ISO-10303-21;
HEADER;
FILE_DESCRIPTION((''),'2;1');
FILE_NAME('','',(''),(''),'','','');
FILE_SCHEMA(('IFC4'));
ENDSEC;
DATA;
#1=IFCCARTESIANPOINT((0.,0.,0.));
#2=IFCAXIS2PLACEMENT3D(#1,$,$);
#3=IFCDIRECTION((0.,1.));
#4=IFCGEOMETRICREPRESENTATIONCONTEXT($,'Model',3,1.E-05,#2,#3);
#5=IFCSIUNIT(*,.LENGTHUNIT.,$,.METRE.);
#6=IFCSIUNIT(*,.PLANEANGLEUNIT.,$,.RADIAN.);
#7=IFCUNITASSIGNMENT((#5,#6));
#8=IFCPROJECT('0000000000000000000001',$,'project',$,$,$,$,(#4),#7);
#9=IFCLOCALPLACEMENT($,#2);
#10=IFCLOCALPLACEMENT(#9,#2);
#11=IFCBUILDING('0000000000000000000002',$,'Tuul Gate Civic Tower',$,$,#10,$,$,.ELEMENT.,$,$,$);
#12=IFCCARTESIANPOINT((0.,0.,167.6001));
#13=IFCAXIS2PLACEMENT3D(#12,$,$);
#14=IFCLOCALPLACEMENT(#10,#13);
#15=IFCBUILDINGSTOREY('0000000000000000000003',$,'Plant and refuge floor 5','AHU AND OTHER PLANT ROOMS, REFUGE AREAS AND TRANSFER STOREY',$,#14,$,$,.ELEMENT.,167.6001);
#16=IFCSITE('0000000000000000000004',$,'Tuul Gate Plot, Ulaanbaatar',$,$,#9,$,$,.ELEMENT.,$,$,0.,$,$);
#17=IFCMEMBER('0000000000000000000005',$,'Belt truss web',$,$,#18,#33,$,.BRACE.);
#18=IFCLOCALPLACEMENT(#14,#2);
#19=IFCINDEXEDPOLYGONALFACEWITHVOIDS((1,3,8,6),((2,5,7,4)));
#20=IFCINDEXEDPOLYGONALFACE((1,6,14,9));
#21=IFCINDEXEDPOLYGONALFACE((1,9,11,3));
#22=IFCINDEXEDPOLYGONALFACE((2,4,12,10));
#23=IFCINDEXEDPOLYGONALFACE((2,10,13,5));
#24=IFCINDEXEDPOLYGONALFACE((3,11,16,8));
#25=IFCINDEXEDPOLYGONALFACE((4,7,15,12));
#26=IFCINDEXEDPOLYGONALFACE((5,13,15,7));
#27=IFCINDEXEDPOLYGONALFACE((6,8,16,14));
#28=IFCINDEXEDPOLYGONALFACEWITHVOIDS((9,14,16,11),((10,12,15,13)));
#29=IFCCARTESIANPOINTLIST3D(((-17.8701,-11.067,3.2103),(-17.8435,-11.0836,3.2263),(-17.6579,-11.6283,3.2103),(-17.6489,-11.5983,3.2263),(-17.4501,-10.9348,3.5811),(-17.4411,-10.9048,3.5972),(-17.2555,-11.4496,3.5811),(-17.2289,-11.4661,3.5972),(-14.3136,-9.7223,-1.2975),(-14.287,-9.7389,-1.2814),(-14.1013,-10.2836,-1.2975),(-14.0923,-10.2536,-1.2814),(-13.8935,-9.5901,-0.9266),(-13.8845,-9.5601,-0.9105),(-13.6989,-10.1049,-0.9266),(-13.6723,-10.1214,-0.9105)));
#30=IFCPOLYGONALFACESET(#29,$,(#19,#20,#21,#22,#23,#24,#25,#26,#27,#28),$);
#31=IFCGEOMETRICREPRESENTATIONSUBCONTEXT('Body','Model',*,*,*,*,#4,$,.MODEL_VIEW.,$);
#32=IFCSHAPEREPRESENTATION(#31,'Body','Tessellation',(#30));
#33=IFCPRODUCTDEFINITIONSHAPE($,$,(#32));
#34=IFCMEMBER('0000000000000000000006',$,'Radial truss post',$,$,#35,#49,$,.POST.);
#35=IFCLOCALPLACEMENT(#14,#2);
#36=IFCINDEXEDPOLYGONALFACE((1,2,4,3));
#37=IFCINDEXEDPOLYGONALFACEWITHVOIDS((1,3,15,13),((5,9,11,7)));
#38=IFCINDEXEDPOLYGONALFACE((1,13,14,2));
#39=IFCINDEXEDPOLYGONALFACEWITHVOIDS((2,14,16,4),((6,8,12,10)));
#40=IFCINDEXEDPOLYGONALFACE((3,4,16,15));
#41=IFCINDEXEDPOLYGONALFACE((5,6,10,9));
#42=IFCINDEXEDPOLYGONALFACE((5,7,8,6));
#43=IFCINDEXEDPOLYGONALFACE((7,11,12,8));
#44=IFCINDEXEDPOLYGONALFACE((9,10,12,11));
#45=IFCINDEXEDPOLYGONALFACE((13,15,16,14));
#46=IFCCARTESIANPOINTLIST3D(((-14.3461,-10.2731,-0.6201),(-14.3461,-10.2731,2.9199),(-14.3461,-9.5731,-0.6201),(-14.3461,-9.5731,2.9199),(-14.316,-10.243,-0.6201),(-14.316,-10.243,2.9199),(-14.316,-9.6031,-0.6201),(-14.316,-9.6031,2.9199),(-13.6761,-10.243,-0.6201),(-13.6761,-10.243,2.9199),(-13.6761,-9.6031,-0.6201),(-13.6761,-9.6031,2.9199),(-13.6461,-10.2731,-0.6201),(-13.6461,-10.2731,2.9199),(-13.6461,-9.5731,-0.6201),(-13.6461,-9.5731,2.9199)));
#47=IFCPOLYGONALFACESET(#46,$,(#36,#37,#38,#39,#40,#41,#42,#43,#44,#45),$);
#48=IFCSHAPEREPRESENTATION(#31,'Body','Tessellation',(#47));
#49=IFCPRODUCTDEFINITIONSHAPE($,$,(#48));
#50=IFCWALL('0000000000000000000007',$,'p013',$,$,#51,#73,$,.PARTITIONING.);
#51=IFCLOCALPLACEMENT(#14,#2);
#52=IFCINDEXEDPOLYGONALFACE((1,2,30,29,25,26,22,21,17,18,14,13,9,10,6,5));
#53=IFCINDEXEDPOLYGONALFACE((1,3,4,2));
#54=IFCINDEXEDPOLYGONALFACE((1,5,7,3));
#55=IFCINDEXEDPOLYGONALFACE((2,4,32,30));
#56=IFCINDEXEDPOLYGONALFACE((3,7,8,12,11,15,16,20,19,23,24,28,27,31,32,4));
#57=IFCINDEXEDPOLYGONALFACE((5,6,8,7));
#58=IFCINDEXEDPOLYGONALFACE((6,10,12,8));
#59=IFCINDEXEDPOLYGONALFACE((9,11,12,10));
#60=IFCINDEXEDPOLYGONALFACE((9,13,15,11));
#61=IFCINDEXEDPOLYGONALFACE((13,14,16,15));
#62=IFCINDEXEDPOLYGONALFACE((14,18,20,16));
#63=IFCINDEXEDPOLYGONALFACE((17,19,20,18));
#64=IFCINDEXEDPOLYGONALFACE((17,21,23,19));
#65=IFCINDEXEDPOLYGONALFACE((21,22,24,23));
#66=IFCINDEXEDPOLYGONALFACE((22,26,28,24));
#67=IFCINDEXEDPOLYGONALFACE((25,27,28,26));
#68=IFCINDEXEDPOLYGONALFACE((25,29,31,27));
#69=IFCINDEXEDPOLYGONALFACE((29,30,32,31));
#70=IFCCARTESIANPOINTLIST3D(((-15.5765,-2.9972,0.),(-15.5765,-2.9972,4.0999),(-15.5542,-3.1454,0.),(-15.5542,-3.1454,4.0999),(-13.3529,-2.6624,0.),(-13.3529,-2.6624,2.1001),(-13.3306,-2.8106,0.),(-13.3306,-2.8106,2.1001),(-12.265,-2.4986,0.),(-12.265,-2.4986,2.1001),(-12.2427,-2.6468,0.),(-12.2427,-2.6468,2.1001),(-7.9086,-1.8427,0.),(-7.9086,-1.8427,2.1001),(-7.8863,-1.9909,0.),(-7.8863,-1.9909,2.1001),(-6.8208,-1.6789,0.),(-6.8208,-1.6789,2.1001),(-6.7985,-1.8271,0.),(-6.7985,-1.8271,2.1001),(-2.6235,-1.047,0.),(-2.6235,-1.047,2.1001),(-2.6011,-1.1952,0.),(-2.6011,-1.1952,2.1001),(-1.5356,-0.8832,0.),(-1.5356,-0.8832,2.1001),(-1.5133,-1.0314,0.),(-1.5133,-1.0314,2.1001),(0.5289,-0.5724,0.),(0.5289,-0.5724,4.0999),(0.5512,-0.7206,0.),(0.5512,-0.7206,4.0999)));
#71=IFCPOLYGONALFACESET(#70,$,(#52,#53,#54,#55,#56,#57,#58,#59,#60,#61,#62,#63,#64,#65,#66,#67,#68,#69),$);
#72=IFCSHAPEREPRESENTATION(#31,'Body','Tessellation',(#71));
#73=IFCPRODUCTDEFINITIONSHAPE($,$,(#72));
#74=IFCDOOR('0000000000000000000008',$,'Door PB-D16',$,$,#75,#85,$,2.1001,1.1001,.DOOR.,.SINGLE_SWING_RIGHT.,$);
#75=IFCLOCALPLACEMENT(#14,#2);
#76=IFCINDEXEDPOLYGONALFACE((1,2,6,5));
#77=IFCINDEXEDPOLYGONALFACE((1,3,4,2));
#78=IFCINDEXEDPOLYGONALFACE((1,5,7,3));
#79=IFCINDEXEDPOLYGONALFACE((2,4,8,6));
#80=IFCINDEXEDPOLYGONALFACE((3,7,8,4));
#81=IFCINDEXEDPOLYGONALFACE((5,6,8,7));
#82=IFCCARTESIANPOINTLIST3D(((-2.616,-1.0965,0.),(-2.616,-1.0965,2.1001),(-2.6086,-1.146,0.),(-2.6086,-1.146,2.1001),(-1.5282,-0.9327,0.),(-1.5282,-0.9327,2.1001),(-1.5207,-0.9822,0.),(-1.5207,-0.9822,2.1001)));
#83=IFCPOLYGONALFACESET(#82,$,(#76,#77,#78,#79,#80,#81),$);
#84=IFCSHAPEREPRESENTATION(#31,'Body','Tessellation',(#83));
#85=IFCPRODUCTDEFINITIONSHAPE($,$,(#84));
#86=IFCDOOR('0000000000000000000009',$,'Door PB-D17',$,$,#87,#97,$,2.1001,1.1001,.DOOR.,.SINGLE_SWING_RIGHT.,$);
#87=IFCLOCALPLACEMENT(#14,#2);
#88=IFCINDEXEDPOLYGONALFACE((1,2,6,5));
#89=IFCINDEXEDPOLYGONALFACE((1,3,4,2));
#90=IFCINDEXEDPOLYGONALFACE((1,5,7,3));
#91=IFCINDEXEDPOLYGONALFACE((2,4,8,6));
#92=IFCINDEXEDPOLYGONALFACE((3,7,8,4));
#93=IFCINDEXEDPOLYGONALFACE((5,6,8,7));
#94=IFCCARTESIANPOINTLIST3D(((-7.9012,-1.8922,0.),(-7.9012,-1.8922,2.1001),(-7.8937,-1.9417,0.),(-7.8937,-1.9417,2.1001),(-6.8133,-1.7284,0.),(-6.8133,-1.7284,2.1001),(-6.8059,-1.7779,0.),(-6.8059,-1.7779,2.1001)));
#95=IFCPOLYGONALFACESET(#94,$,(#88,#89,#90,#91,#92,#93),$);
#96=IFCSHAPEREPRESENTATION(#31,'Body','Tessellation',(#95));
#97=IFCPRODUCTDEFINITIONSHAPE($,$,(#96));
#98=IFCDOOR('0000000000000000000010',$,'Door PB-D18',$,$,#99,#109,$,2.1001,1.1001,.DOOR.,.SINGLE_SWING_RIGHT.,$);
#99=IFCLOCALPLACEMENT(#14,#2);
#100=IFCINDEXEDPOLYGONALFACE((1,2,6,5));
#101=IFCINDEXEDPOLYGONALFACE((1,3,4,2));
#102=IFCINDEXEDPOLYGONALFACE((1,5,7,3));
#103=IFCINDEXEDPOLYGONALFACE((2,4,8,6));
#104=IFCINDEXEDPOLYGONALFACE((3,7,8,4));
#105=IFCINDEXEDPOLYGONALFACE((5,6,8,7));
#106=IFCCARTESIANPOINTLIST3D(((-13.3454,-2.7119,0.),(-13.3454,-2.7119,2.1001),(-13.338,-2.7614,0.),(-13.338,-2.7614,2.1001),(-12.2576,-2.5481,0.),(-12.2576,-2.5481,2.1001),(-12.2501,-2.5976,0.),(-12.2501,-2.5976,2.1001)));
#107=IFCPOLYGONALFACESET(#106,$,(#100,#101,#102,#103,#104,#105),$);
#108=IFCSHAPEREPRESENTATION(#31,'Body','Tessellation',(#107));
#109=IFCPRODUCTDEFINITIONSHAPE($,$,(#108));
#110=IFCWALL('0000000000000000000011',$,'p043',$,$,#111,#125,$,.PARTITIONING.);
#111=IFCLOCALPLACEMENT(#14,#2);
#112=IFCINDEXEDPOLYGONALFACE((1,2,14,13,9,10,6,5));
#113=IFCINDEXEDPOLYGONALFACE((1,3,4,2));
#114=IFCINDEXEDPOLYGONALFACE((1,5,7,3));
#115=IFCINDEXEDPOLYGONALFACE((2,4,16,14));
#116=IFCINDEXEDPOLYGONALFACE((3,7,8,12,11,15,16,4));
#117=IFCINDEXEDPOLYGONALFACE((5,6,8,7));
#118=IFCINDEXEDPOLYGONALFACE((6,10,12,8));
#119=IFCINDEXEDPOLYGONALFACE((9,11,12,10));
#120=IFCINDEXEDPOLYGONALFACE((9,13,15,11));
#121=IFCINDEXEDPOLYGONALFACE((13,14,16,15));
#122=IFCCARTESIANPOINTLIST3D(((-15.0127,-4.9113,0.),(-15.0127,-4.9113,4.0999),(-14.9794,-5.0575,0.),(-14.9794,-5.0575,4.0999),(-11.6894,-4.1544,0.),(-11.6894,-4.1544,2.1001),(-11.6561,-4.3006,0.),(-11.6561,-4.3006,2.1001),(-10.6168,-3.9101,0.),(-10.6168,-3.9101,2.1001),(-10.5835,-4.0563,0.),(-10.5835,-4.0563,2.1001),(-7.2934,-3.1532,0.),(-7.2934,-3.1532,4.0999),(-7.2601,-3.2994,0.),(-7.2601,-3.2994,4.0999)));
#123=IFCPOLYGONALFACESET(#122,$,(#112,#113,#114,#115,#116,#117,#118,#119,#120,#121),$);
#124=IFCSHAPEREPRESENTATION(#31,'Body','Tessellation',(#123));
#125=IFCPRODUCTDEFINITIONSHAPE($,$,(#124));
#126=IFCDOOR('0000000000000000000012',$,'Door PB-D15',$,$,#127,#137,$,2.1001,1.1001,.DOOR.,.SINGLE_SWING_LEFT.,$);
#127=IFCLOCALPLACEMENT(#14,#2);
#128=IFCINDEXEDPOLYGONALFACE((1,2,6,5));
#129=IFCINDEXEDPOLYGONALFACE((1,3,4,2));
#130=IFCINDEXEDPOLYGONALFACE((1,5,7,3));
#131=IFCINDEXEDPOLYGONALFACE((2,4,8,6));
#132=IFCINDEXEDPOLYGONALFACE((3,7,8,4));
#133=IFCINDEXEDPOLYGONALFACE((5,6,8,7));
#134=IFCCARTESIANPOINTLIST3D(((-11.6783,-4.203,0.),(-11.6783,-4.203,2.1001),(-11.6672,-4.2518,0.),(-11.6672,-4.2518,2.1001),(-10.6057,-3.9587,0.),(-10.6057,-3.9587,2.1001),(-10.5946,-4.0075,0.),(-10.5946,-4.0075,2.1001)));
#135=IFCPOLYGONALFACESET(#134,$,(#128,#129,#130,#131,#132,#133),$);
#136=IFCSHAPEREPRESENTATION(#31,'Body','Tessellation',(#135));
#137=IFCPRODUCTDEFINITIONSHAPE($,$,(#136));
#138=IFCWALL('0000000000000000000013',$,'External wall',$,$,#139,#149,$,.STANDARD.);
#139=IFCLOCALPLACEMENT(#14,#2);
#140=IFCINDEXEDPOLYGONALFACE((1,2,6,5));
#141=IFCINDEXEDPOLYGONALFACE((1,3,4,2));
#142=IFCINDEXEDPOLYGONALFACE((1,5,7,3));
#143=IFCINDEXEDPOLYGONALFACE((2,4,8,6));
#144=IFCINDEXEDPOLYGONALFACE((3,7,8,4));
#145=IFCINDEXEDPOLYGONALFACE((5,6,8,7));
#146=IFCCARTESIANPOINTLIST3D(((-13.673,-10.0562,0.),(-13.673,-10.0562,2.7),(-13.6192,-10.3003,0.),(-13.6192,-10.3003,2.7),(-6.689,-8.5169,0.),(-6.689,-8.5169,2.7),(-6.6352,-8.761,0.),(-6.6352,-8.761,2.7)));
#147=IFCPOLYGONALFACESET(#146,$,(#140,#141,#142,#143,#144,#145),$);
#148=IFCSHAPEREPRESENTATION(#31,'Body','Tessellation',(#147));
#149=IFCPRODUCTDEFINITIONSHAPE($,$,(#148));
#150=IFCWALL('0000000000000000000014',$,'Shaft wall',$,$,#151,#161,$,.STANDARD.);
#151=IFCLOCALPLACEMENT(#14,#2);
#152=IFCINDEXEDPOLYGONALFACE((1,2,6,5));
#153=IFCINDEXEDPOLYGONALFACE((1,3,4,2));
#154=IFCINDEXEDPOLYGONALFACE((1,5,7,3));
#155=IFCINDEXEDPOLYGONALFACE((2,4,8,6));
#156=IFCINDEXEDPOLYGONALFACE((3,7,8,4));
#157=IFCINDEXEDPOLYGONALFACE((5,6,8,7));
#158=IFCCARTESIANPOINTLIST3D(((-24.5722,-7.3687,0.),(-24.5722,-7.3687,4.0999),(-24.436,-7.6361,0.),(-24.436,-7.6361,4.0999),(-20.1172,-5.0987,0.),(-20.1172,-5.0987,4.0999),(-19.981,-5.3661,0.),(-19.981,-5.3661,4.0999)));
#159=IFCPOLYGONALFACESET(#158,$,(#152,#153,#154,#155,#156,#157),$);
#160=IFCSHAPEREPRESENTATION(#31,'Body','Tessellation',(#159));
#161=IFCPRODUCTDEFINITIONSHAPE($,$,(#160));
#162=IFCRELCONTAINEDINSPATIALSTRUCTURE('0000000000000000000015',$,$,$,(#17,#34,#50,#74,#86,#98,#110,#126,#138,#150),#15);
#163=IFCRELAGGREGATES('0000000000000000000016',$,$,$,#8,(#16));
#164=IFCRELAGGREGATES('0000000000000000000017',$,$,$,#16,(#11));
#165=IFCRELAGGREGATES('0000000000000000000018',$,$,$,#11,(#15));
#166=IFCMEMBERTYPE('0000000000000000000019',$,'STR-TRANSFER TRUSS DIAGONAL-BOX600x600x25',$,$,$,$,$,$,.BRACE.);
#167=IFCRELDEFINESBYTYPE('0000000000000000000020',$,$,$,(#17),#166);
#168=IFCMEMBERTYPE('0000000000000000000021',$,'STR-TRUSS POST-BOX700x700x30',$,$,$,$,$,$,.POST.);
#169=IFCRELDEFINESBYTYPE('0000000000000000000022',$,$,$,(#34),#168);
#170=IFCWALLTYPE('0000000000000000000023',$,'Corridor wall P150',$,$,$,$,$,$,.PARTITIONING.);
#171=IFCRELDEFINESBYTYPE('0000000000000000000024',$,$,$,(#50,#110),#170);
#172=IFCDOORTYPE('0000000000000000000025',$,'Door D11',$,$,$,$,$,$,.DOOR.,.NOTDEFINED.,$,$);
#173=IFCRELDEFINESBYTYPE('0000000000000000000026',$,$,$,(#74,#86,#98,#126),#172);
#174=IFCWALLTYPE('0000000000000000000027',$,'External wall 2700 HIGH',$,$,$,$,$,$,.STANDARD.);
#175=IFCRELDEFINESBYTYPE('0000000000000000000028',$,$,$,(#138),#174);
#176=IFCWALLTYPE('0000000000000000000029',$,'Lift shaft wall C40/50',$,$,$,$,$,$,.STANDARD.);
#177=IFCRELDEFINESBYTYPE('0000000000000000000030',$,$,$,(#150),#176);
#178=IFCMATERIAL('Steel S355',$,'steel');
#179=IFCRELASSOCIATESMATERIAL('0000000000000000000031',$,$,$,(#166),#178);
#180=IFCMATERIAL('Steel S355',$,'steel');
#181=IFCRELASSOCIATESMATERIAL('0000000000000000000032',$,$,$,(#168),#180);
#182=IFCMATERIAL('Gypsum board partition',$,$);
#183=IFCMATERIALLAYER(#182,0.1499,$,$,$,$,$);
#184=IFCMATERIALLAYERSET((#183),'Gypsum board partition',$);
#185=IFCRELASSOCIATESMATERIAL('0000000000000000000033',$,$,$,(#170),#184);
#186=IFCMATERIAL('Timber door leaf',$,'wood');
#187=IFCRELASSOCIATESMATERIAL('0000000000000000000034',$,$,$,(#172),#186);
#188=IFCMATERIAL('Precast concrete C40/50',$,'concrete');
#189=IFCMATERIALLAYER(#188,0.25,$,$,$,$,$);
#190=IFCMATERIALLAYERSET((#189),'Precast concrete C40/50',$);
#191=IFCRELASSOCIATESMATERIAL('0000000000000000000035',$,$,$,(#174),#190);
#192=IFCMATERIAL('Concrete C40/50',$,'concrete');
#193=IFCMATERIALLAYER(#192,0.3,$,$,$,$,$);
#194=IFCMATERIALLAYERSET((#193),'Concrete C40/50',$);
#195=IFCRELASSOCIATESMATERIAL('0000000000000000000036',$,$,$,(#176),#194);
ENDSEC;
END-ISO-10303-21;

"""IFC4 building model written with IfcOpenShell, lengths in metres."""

from ifc_helpers import new_model, si_unit, direction, frame, frame_2d, origin, origin_2d, place, context, subcontext, project, spatial, rectangle, hollow_rectangle, extrude, material, layer, layer_set, material_profile, profile_set, type_object, element, fill, save


model = new_model("IFC4")

# Units and contexts
model_context = context("Model", 3, precision=1e-05, world=origin(), true_north=direction((0.0, 1.0)))
body_context = subcontext(model_context, "Body", "Model", "MODEL_VIEW")
ifc_project = project(units=[si_unit("LENGTHUNIT", "METRE"), si_unit("PLANEANGLEUNIT", "RADIAN")], contexts=[model_context])

# Site, building, storey
site_placement = place(None, origin())
site = spatial("IfcSite", under=ifc_project, at=site_placement, Name="Tuul Gate Plot, Ulaanbaatar", CompositionType="ELEMENT", RefElevation=0.0)
building_placement = place(site_placement, origin())
building = spatial("IfcBuilding", under=site, at=building_placement, Name="Tuul Gate Civic Tower", CompositionType="ELEMENT")
storey_placement = place(building_placement, frame((0.0, 0.0, 167.6001)))
storey = spatial("IfcBuildingStorey", under=building, at=storey_placement, Name="Plant and refuge floor 5", Description="AHU AND OTHER PLANT ROOMS, REFUGE AREAS AND TRANSFER STOREY", CompositionType="ELEMENT", Elevation=167.6001)

# Members
ifc_material_1 = material(Name="Steel S355", Category="steel")
ifc_material_profile_1 = material_profile(ifc_material_1, hollow_rectangle(XDim=0.6001, YDim=0.6001, WallThickness=0.0249, at=origin_2d()), Name="BOX600x600x25")
ifc_profile_set_1 = profile_set([ifc_material_profile_1], Name="Steel S355")
member_type_1 = type_object("IfcMemberType", Name="STR-TRANSFER TRUSS DIAGONAL-BOX600x600x25", PredefinedType="BRACE", material=ifc_profile_set_1)
member_1_placement = place(storey_placement, frame((-13.9929, -9.9219, -1.104), z_axis=(-0.603095, -0.228023, 0.764384), x_axis=(0.353655, -0.935376, 0.0)))
element("IfcMember", 1, at=member_1_placement, inside=storey, type_object=member_type_1, Name="Belt truss web", PredefinedType="BRACE", context=body_context, shape_type="SweptSolid", body=[
    extrude(hollow_rectangle(XDim=0.6001, YDim=0.6001, WallThickness=0.0249, at=origin_2d()), origin(), (0.0, 0.0, 1.0), 5.8972),
])
ifc_material_2 = material(Name="Steel S355", Category="steel")
ifc_material_profile_2 = material_profile(ifc_material_2, hollow_rectangle(XDim=0.7, YDim=0.7, WallThickness=0.03, at=origin_2d()), Name="BOX700x700x30")
ifc_profile_set_2 = profile_set([ifc_material_profile_2], Name="Steel S355")
member_type_2 = type_object("IfcMemberType", Name="STR-TRUSS POST-BOX700x700x30", PredefinedType="POST", material=ifc_profile_set_2)
member_2_placement = place(storey_placement, frame((-13.9961, -9.9231, -0.6201), z_axis=(0.0, 0.0, 1.0), x_axis=(1.0, 0.0, 0.0)))
element("IfcMember", 2, at=member_2_placement, inside=storey, type_object=member_type_2, Name="Radial truss post", PredefinedType="POST", context=body_context, shape_type="SweptSolid", body=[
    extrude(hollow_rectangle(XDim=0.7, YDim=0.7, WallThickness=0.03, at=origin_2d()), origin(), (0.0, 0.0, 1.0), 3.54),
])

# Wall, openings, doors
ifc_material_3 = material(Name="Gypsum board partition")
ifc_layer_1 = layer(ifc_material_3, 0.1499)
ifc_layer_set_1 = layer_set([ifc_layer_1], Name="Gypsum board partition")
wall_type_1 = type_object("IfcWallType", Name="Corridor wall P150", PredefinedType="PARTITIONING", material=ifc_layer_set_1)
wall_1_placement = place(storey_placement, frame((-15.5654, -3.0713, 0.0), z_axis=(0.0, 0.0, 1.0), x_axis=(0.988855, 0.14888, 0.0)))
wall_1 = element("IfcWall", 3, at=wall_1_placement, inside=storey, type_object=wall_type_1, Name="p013", PredefinedType="PARTITIONING", context=body_context, shape_type="SweptSolid", body=[
    extrude(rectangle(XDim=16.2869, YDim=0.1499, at=frame_2d((8.1436, 0.0))), origin(), (0.0, 0.0, 1.0), 4.0999),
])
opening_1_placement = place(wall_1_placement, frame((13.0991, 0.0, 0.0)))
opening_1 = element("IfcOpeningElement", 4, at=opening_1_placement, cuts=wall_1, PredefinedType="OPENING", context=body_context, shape_type="SweptSolid", body=[
    extrude(rectangle(XDim=1.1001, YDim=2.1001, at=frame_2d((0.55, 1.05))), frame((0.0, 0.085, 0.0), z_axis=(0.0, -1.0, 0.0), x_axis=(1.0, 0.0, 0.0)), (0.0, 0.0, 1.0), 0.1699),
])
opening_2_placement = place(wall_1_placement, frame((7.7544, 0.0, 0.0)))
opening_2 = element("IfcOpeningElement", 5, at=opening_2_placement, cuts=wall_1, PredefinedType="OPENING", context=body_context, shape_type="SweptSolid", body=[
    extrude(rectangle(XDim=1.1001, YDim=2.1001, at=frame_2d((0.55, 1.05))), frame((0.0, 0.085, 0.0), z_axis=(0.0, -1.0, 0.0), x_axis=(1.0, 0.0, 0.0)), (0.0, 0.0, 1.0), 0.1699),
])
opening_3_placement = place(wall_1_placement, frame((2.2488, 0.0, 0.0)))
opening_3 = element("IfcOpeningElement", 6, at=opening_3_placement, cuts=wall_1, PredefinedType="OPENING", context=body_context, shape_type="SweptSolid", body=[
    extrude(rectangle(XDim=1.1001, YDim=2.1001, at=frame_2d((0.55, 1.05))), frame((0.0, 0.085, 0.0), z_axis=(0.0, -1.0, 0.0), x_axis=(1.0, 0.0, 0.0)), (0.0, 0.0, 1.0), 0.1699),
])
ifc_material_4 = material(Name="Timber door leaf", Category="wood")
door_type = type_object("IfcDoorType", Name="Door D11", OperationType="NOTDEFINED", PredefinedType="DOOR", material=ifc_material_4)
door_1_placement = place(opening_1_placement, origin())
door_1 = element("IfcDoor", 7, at=door_1_placement, inside=storey, type_object=door_type, Name="Door PB-D16", OperationType="SINGLE_SWING_RIGHT", OverallHeight=2.1001, OverallWidth=1.1001, PredefinedType="DOOR", context=body_context, shape_type="SweptSolid", body=[
    extrude(rectangle(XDim=1.1001, YDim=2.1001, at=frame_2d((0.55, 1.05))), frame((0.0, 0.0249, 0.0), z_axis=(0.0, -1.0, 0.0), x_axis=(1.0, 0.0, 0.0)), (0.0, 0.0, 1.0), 0.05),
])
fill(opening_1, door_1)
door_2_placement = place(opening_2_placement, origin())
door_2 = element("IfcDoor", 8, at=door_2_placement, inside=storey, type_object=door_type, Name="Door PB-D17", OperationType="SINGLE_SWING_RIGHT", OverallHeight=2.1001, OverallWidth=1.1001, PredefinedType="DOOR", context=body_context, shape_type="SweptSolid", body=[
    extrude(rectangle(XDim=1.1001, YDim=2.1001, at=frame_2d((0.55, 1.05))), frame((0.0, 0.0249, 0.0), z_axis=(0.0, -1.0, 0.0), x_axis=(1.0, 0.0, 0.0)), (0.0, 0.0, 1.0), 0.05),
])
fill(opening_2, door_2)
door_3_placement = place(opening_3_placement, origin())
door_3 = element("IfcDoor", 9, at=door_3_placement, inside=storey, type_object=door_type, Name="Door PB-D18", OperationType="SINGLE_SWING_RIGHT", OverallHeight=2.1001, OverallWidth=1.1001, PredefinedType="DOOR", context=body_context, shape_type="SweptSolid", body=[
    extrude(rectangle(XDim=1.1001, YDim=2.1001, at=frame_2d((0.55, 1.05))), frame((0.0, 0.0249, 0.0), z_axis=(0.0, -1.0, 0.0), x_axis=(1.0, 0.0, 0.0)), (0.0, 0.0, 1.0), 0.05),
])
fill(opening_3, door_3)

# Wall, opening, door
wall_2_placement = place(storey_placement, frame((-14.9961, -4.9844, 0.0), z_axis=(0.0, 0.0, 1.0), x_axis=(0.975032, 0.222064, 0.0)))
wall_2 = element("IfcWall", 10, at=wall_2_placement, inside=storey, type_object=wall_type_1, Name="p043", PredefinedType="PARTITIONING", context=body_context, shape_type="SweptSolid", body=[
    extrude(rectangle(XDim=7.917, YDim=0.1499, at=frame_2d((3.9585, 0.0))), origin(), (0.0, 0.0, 1.0), 4.0999),
])
opening_4_placement = place(wall_2_placement, frame((3.4084, 0.0, 0.0)))
opening_4 = element("IfcOpeningElement", 11, at=opening_4_placement, cuts=wall_2, PredefinedType="OPENING", context=body_context, shape_type="SweptSolid", body=[
    extrude(rectangle(XDim=1.1001, YDim=2.1001, at=frame_2d((0.55, 1.05))), frame((0.0, 0.085, 0.0), z_axis=(0.0, -1.0, 0.0), x_axis=(1.0, 0.0, 0.0)), (0.0, 0.0, 1.0), 0.1699),
])
door_4_placement = place(opening_4_placement, frame((1.1001, 0.0, 0.0), z_axis=(0.0, 0.0, 1.0), x_axis=(-1.0, 0.0, 0.0)))
door_4 = element("IfcDoor", 12, at=door_4_placement, inside=storey, type_object=door_type, Name="Door PB-D15", OperationType="SINGLE_SWING_LEFT", OverallHeight=2.1001, OverallWidth=1.1001, PredefinedType="DOOR", context=body_context, shape_type="SweptSolid", body=[
    extrude(rectangle(XDim=1.1001, YDim=2.1001, at=frame_2d((0.55, 1.05))), frame((0.0, 0.0249, 0.0), z_axis=(0.0, -1.0, 0.0), x_axis=(1.0, 0.0, 0.0)), (0.0, 0.0, 1.0), 0.05),
])
fill(opening_4, door_4)

# Walls
ifc_material_5 = material(Name="Precast concrete C40/50", Category="concrete")
ifc_layer_2 = layer(ifc_material_5, 0.25)
ifc_layer_set_2 = layer_set([ifc_layer_2], Name="Precast concrete C40/50")
wall_type_2 = type_object("IfcWallType", Name="External wall 2700 HIGH", PredefinedType="STANDARD", material=ifc_layer_set_2)
wall_3_placement = place(storey_placement, frame((-13.646, -10.1782, 0.0), z_axis=(0.0, 0.0, 1.0), x_axis=(0.976561, 0.215242, 0.0)))
element("IfcWall", 13, at=wall_3_placement, inside=storey, type_object=wall_type_2, Name="External wall", PredefinedType="STANDARD", context=body_context, shape_type="SweptSolid", body=[
    extrude(rectangle(XDim=7.1516, YDim=0.25, at=frame_2d((3.5757, 0.0))), origin(), (0.0, 0.0, 1.0), 2.7),
])
ifc_material_6 = material(Name="Concrete C40/50", Category="concrete")
ifc_layer_3 = layer(ifc_material_6, 0.3)
ifc_layer_set_3 = layer_set([ifc_layer_3], Name="Concrete C40/50")
wall_type_3 = type_object("IfcWallType", Name="Lift shaft wall C40/50", PredefinedType="STANDARD", material=ifc_layer_set_3)
wall_4_placement = place(storey_placement, frame((-20.0491, -5.2324, 0.0), z_axis=(0.0, 0.0, 1.0), x_axis=(-0.891003, -0.453997, 0.0)))
element("IfcWall", 14, at=wall_4_placement, inside=storey, type_object=wall_type_3, Name="Shaft wall", PredefinedType="STANDARD", context=body_context, shape_type="SweptSolid", body=[
    extrude(rectangle(XDim=5.0, YDim=0.3, at=frame_2d((2.5, 0.0))), origin(), (0.0, 0.0, 1.0), 4.0999),
])

save(model, "model.ifc")
